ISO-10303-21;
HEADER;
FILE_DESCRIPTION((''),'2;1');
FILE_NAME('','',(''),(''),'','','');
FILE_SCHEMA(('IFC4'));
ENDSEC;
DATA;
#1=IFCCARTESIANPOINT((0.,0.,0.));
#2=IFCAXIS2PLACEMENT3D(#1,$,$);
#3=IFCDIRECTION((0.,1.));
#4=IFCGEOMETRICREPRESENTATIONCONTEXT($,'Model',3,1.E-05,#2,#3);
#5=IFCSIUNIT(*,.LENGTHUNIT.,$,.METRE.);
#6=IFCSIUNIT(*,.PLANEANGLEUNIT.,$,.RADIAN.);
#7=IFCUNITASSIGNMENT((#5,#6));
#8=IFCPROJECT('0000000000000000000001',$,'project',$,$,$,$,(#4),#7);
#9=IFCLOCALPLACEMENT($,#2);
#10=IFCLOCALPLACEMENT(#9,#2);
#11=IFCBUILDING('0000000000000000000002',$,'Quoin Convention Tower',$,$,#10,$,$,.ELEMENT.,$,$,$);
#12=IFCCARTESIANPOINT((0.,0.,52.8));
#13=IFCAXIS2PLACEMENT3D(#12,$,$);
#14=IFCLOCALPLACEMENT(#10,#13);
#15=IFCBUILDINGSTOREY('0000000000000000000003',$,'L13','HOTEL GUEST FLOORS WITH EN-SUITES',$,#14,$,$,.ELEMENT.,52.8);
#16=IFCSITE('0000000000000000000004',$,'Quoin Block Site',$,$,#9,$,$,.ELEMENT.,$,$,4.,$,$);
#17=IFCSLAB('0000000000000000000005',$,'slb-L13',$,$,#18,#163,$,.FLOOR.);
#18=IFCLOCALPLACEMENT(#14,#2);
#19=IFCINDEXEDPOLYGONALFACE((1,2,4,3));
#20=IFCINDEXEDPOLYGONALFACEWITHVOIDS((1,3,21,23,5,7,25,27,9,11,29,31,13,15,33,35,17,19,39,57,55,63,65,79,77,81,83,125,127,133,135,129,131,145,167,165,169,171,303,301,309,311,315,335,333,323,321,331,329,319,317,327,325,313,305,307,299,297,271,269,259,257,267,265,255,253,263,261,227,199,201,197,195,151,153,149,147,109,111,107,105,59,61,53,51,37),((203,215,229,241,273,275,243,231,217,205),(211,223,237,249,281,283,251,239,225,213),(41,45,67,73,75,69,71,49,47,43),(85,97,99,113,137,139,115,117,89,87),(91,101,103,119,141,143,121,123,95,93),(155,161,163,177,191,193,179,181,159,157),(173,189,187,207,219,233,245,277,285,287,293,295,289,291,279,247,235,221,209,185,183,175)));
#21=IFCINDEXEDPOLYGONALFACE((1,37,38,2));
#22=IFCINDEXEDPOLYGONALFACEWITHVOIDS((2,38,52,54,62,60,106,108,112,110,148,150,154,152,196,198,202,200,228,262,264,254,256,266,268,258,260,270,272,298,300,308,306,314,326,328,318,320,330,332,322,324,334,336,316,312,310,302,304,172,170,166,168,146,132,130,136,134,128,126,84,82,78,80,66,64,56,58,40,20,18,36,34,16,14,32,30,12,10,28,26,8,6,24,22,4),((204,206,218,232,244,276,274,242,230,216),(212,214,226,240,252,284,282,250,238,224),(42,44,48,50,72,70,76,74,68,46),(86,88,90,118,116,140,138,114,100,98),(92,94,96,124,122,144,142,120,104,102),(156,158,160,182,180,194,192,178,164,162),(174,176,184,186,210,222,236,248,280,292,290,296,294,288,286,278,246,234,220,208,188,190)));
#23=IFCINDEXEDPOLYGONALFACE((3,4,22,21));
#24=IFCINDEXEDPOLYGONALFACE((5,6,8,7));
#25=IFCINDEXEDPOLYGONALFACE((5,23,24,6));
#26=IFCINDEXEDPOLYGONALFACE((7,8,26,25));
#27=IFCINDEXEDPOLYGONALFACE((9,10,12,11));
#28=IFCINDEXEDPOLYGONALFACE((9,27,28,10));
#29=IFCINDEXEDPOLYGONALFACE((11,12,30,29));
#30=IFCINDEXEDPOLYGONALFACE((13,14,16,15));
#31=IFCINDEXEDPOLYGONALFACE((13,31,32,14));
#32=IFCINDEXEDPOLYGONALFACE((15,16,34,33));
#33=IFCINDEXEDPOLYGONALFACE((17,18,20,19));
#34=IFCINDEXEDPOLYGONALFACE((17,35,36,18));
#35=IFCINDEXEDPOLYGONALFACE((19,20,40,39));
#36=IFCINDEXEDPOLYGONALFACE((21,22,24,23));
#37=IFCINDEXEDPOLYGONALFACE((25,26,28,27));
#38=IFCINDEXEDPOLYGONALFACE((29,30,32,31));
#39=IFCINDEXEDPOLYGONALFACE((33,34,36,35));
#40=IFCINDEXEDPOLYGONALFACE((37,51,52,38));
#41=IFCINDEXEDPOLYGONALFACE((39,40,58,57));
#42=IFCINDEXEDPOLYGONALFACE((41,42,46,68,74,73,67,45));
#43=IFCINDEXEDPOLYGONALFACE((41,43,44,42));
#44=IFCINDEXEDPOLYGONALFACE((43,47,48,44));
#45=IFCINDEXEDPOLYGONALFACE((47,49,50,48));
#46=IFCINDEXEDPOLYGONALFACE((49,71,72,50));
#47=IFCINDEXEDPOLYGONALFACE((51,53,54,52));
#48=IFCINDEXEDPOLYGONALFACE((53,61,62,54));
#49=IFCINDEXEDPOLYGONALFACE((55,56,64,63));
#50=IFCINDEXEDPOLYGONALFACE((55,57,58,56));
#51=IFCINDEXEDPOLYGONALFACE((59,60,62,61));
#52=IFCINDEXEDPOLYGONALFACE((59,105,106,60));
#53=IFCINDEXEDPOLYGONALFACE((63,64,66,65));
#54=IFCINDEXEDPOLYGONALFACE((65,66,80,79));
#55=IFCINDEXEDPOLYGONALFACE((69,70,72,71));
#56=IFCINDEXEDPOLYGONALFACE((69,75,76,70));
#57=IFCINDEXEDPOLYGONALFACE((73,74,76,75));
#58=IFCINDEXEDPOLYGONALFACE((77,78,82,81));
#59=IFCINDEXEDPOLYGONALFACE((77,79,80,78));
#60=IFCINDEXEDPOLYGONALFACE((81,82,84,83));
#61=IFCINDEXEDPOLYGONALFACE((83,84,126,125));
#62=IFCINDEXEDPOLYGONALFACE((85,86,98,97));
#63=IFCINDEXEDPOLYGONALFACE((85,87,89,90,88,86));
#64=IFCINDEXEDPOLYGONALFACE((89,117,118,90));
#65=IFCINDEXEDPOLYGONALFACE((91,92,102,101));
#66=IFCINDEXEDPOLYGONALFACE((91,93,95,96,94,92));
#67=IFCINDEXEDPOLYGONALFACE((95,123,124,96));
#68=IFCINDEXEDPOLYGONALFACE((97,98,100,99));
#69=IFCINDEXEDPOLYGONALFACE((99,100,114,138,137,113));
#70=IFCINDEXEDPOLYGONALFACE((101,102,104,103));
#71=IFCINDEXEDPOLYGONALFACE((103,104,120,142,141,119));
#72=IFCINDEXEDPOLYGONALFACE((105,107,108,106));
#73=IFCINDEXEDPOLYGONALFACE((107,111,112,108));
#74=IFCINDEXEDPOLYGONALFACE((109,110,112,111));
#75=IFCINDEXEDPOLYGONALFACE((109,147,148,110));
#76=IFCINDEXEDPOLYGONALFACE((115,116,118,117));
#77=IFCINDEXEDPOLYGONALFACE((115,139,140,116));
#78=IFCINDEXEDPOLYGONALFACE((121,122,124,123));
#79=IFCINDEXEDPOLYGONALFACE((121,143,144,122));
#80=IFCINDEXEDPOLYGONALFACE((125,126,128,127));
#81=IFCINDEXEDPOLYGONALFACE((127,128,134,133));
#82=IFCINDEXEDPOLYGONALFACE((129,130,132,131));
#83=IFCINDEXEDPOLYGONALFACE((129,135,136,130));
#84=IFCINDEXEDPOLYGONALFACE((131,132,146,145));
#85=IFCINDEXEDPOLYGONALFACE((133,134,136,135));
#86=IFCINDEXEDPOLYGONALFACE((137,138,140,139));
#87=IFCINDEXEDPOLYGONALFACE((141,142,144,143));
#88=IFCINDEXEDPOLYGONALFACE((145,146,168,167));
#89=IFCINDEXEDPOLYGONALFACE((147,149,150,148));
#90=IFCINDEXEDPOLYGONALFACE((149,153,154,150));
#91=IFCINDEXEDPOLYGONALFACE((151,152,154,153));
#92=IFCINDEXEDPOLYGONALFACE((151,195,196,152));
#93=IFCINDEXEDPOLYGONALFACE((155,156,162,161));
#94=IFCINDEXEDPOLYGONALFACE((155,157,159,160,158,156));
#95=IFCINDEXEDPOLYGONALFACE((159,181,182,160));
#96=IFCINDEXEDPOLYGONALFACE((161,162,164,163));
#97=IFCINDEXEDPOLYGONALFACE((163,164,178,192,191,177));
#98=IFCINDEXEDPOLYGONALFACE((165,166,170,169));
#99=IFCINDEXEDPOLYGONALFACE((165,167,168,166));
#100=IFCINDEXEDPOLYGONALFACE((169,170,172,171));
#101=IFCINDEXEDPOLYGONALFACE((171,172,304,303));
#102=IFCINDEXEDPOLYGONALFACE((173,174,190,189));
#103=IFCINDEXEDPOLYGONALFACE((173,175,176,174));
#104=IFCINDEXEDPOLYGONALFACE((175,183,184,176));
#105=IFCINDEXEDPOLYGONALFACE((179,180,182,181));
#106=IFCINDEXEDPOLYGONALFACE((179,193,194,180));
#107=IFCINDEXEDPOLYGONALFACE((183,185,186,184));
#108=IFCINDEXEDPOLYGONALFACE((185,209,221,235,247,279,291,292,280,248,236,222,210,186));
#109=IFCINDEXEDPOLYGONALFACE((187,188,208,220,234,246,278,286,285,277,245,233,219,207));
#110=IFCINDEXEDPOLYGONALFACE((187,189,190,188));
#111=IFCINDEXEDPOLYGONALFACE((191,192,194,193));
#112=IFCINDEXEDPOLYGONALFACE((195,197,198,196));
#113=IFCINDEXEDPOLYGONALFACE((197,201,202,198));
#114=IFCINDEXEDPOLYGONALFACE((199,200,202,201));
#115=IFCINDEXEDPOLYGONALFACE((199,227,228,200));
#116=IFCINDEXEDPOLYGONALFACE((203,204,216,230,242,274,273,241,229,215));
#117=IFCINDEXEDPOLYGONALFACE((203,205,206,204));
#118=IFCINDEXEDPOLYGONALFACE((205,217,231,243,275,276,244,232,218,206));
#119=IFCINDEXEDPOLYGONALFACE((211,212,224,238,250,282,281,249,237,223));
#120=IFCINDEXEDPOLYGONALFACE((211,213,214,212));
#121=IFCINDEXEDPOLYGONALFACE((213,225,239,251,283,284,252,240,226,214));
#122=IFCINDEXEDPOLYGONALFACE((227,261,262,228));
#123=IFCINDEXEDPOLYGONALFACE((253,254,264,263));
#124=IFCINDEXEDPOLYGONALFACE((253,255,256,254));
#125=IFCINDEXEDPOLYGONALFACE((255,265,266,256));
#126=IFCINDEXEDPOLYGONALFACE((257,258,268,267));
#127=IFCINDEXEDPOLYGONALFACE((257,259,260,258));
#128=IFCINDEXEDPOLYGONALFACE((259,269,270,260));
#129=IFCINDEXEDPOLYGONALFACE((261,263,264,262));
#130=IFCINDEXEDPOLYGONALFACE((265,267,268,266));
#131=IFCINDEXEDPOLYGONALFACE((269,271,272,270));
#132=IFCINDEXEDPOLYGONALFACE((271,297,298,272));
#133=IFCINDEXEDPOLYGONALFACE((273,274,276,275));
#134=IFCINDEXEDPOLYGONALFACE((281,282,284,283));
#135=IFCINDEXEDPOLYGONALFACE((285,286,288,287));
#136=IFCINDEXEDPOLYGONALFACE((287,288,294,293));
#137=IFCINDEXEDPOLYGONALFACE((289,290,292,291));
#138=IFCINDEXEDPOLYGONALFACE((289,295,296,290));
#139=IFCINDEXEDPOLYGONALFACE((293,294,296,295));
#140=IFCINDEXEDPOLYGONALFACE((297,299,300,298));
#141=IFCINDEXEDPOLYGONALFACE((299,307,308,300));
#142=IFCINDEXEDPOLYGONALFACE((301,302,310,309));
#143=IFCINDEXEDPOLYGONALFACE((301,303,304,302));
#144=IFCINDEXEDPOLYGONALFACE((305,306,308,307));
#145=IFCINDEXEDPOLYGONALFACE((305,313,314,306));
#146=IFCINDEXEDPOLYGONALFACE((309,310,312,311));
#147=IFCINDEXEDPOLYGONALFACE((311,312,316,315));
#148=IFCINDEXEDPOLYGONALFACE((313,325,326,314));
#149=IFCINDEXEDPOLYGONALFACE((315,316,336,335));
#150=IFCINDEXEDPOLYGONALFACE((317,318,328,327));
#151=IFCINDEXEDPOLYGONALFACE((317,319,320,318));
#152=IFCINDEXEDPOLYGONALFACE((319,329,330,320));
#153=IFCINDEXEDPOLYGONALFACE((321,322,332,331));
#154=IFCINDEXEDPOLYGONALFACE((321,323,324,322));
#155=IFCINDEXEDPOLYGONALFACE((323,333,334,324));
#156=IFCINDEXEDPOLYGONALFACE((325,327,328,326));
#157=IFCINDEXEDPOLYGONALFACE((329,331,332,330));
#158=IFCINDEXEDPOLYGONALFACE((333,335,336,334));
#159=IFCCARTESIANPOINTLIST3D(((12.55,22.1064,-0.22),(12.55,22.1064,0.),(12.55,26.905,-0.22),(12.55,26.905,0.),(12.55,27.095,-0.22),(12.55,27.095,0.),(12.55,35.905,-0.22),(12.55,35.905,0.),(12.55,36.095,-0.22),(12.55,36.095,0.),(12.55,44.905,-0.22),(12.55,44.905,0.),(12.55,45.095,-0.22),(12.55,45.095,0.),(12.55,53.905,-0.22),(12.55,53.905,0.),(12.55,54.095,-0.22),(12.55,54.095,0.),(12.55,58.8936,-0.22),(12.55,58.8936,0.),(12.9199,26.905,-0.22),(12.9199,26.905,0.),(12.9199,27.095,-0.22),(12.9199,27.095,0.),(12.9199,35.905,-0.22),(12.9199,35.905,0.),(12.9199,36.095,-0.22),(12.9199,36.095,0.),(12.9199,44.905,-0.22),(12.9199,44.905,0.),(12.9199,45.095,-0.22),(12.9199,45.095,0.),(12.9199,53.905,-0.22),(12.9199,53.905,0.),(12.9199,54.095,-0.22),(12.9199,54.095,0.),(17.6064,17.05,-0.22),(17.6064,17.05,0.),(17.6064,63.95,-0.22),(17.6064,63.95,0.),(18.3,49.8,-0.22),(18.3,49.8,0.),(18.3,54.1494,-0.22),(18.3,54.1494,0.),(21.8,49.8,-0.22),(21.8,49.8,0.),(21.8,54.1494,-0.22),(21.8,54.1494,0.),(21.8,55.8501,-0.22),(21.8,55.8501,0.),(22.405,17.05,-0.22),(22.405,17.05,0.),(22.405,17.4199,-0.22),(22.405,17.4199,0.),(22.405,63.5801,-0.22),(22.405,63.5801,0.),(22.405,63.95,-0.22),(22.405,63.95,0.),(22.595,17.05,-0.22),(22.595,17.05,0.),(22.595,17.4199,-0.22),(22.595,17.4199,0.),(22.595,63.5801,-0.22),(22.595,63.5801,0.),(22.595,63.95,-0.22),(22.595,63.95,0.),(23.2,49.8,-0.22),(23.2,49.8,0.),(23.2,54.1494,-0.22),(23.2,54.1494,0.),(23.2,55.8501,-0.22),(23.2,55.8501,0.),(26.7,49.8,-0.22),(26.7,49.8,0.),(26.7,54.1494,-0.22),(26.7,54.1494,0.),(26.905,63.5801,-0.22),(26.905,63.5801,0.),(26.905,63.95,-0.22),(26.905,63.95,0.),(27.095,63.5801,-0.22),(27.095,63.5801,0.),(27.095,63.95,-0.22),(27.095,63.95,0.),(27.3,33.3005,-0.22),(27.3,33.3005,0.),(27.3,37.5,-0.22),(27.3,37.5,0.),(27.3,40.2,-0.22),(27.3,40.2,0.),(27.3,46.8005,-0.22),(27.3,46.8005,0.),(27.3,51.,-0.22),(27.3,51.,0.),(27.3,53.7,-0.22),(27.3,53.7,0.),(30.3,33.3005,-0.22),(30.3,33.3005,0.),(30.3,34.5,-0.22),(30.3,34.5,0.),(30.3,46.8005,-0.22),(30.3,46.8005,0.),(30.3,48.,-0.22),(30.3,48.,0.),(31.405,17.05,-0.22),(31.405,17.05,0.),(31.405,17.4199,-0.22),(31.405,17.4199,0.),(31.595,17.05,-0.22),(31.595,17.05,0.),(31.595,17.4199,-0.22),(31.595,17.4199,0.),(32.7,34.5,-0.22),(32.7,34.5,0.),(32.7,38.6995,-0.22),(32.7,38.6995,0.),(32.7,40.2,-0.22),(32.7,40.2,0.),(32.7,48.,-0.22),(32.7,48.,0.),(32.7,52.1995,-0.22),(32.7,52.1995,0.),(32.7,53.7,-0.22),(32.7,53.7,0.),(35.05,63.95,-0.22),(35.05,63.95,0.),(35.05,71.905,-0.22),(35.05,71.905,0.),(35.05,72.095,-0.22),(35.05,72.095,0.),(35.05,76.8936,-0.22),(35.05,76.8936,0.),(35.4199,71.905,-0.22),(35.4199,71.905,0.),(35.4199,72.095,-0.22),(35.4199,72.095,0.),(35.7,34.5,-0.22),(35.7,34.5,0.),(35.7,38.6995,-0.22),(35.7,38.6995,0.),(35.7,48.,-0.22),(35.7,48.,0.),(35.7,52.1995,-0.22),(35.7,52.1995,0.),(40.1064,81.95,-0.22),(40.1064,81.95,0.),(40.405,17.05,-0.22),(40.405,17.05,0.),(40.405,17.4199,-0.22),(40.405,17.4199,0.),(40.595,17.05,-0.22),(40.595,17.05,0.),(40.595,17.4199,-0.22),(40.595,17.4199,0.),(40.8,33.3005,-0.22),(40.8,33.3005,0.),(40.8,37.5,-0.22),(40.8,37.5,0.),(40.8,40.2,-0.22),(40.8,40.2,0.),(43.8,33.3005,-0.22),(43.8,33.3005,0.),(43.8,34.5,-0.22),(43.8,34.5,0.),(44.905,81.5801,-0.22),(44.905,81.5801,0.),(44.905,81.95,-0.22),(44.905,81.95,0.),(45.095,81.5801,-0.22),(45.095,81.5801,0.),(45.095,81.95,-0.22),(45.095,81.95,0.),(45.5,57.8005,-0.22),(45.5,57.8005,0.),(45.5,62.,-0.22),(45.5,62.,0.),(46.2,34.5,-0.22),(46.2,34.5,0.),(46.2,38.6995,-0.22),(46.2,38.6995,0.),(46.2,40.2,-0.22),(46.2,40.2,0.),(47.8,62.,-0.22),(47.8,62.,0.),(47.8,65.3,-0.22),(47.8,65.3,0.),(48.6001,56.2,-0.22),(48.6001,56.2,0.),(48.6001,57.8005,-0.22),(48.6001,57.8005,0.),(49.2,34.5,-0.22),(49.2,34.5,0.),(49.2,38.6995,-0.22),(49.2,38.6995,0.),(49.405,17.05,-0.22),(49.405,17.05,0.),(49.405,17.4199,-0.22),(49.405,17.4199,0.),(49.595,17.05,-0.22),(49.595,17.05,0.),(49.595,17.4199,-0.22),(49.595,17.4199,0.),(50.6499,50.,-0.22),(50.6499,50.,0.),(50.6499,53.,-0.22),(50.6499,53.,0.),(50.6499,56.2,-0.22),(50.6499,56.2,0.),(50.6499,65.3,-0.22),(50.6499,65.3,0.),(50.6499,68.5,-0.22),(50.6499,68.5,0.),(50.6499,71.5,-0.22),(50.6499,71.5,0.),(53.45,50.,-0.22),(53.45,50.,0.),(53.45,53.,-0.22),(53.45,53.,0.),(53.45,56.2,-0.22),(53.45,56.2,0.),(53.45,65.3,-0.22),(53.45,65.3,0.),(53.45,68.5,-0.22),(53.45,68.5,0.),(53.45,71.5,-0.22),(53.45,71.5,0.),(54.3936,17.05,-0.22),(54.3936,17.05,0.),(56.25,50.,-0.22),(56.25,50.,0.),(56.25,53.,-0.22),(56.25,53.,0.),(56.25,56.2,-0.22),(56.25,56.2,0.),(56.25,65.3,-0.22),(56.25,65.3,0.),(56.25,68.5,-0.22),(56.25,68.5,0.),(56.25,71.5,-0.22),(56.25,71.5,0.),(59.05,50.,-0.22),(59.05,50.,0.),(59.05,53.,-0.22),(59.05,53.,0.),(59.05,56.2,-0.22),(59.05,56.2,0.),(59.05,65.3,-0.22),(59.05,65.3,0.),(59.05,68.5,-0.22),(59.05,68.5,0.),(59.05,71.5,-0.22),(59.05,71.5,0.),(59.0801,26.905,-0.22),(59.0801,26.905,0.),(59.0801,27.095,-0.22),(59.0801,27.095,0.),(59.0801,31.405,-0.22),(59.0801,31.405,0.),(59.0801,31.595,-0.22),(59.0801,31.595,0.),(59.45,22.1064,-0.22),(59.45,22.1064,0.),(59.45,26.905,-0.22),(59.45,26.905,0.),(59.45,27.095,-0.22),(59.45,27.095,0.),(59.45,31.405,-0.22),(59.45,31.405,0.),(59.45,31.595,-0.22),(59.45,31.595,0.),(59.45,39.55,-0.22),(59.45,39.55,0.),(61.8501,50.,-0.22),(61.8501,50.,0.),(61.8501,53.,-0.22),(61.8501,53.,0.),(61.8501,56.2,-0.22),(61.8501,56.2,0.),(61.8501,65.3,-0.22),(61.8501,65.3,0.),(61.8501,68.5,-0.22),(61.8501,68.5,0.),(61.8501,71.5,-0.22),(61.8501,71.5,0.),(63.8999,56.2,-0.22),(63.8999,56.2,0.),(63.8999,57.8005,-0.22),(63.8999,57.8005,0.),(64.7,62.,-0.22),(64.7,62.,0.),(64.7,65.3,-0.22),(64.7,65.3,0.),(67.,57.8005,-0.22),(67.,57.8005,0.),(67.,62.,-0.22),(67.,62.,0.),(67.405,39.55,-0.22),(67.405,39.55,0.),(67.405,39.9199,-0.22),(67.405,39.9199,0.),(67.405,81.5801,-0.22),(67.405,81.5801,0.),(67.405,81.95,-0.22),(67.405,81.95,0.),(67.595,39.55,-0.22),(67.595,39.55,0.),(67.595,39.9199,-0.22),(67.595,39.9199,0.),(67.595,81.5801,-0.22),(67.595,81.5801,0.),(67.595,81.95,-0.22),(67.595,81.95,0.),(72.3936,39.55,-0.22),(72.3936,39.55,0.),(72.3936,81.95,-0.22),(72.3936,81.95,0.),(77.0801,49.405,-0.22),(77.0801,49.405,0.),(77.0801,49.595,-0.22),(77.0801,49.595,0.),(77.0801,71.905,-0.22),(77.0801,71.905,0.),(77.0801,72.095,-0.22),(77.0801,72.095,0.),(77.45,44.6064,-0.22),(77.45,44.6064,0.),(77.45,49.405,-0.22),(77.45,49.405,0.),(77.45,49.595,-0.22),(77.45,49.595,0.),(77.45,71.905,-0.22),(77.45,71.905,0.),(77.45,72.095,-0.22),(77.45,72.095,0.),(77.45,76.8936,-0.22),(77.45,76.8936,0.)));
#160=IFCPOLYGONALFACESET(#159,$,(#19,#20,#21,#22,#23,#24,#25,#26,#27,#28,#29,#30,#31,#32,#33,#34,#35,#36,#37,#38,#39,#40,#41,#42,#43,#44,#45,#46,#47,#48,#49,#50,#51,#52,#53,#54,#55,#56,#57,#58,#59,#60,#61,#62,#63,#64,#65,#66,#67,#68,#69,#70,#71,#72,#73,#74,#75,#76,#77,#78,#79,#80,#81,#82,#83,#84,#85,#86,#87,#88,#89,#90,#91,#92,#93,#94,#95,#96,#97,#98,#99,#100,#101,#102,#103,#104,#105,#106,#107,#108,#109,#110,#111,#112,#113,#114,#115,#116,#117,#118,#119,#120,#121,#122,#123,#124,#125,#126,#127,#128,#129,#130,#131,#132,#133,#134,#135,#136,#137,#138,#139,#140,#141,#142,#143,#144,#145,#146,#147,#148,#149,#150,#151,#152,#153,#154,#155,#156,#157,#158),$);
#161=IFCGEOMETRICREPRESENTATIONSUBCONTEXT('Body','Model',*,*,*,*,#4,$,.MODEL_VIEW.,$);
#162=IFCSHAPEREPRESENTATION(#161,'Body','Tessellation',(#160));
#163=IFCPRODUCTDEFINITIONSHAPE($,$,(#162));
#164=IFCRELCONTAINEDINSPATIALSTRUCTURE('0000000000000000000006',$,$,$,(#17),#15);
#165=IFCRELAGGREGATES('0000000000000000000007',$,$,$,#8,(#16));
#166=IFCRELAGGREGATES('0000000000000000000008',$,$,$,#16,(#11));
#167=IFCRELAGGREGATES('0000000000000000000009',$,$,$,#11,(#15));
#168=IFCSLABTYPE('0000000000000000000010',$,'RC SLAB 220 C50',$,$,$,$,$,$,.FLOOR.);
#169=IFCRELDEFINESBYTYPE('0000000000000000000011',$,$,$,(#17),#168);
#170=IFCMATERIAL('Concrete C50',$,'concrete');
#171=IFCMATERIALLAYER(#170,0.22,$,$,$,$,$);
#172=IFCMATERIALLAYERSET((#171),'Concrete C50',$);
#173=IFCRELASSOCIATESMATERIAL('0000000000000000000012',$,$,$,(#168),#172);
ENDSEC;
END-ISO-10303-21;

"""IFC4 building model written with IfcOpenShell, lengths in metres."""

from ifc_helpers import new_model, si_unit, direction, frame, origin, place, context, subcontext, project, spatial, polyline, outline, extrude, material, layer, layer_set, type_object, element, save


model = new_model("IFC4")

# Units and contexts
model_context = context("Model", 3, precision=1e-05, world=origin(), true_north=direction((0.0, 1.0)))
body_context = subcontext(model_context, "Body", "Model", "MODEL_VIEW")
ifc_project = project(units=[si_unit("LENGTHUNIT", "METRE"), si_unit("PLANEANGLEUNIT", "RADIAN")], contexts=[model_context])

# Site, building, storey
site_placement = place(None, origin())
site = spatial("IfcSite", under=ifc_project, at=site_placement, Name="Quoin Block Site", CompositionType="ELEMENT", RefElevation=4.0)
building_placement = place(site_placement, origin())
building = spatial("IfcBuilding", under=site, at=building_placement, Name="Quoin Convention Tower", CompositionType="ELEMENT")
storey_placement = place(building_placement, frame((0.0, 0.0, 52.8)))
storey = spatial("IfcBuildingStorey", under=building, at=storey_placement, Name="L13", Description="HOTEL GUEST FLOORS WITH EN-SUITES", CompositionType="ELEMENT", Elevation=52.8)

# Slab
ifc_material_1 = material(Name="Concrete C50", Category="concrete")
ifc_layer_1 = layer(ifc_material_1, 0.22)
ifc_layer_set_1 = layer_set([ifc_layer_1], Name="Concrete C50")
slab_type_1 = type_object("IfcSlabType", Name="RC SLAB 220 C50", PredefinedType="FLOOR", material=ifc_layer_set_1)
slab_1_placement = place(storey_placement, frame((0.0, 0.0, -0.22)))
element("IfcSlab", 1, at=slab_1_placement, inside=storey, type_object=slab_type_1, Name="slb-L13", PredefinedType="FLOOR", context=body_context, shape_type="SweptSolid", body=[
    extrude(outline(polyline([(17.6064, 63.95), (22.405, 63.95), (22.405, 63.5801), (22.595, 63.5801), (22.595, 63.95), (26.905, 63.95), (26.905, 63.5801), (27.095, 63.5801), (27.095, 63.95), (35.05, 63.95), (35.05, 71.905), (35.4199, 71.905), (35.4199, 72.095), (35.05, 72.095), (35.05, 76.8936), (40.1064, 81.95), (44.905, 81.95), (44.905, 81.5801), (45.095, 81.5801), (45.095, 81.95), (67.405, 81.95), (67.405, 81.5801), (67.595, 81.5801), (67.595, 81.95), (72.3936, 81.95), (77.45, 76.8936), (77.45, 72.095), (77.0801, 72.095), (77.0801, 71.905), (77.45, 71.905), (77.45, 49.595), (77.0801, 49.595), (77.0801, 49.405), (77.45, 49.405), (77.45, 44.6064), (72.3936, 39.55), (67.595, 39.55), (67.595, 39.9199), (67.405, 39.9199), (67.405, 39.55), (59.45, 39.55), (59.45, 31.595), (59.0801, 31.595), (59.0801, 31.405), (59.45, 31.405), (59.45, 27.095), (59.0801, 27.095), (59.0801, 26.905), (59.45, 26.905), (59.45, 22.1064), (54.3936, 17.05), (49.595, 17.05), (49.595, 17.4199), (49.405, 17.4199), (49.405, 17.05), (40.595, 17.05), (40.595, 17.4199), (40.405, 17.4199), (40.405, 17.05), (31.595, 17.05), (31.595, 17.4199), (31.405, 17.4199), (31.405, 17.05), (22.595, 17.05), (22.595, 17.4199), (22.405, 17.4199), (22.405, 17.05), (17.6064, 17.05), (12.55, 22.1064), (12.55, 26.905), (12.9199, 26.905), (12.9199, 27.095), (12.55, 27.095), (12.55, 35.905), (12.9199, 35.905), (12.9199, 36.095), (12.55, 36.095), (12.55, 44.905), (12.9199, 44.905), (12.9199, 45.095), (12.55, 45.095), (12.55, 53.905), (12.9199, 53.905), (12.9199, 54.095), (12.55, 54.095), (12.55, 58.8936), (17.6064, 63.95)]), holes=[polyline([(30.3, 34.5), (32.7, 34.5), (35.7, 34.5), (35.7, 38.6995), (32.7, 38.6995), (32.7, 40.2), (27.3, 40.2), (27.3, 37.5), (27.3, 33.3005), (30.3, 33.3005), (30.3, 34.5)]), polyline([(43.8, 34.5), (46.2, 34.5), (49.2, 34.5), (49.2, 38.6995), (46.2, 38.6995), (46.2, 40.2), (40.8, 40.2), (40.8, 37.5), (40.8, 33.3005), (43.8, 33.3005), (43.8, 34.5)]), polyline([(30.3, 46.8005), (30.3, 48.0), (32.7, 48.0), (35.7, 48.0), (35.7, 52.1995), (32.7, 52.1995), (32.7, 53.7), (27.3, 53.7), (27.3, 51.0), (27.3, 46.8005), (30.3, 46.8005)]), polyline([(56.25, 50.0), (59.05, 50.0), (61.8501, 50.0), (61.8501, 53.0), (59.05, 53.0), (56.25, 53.0), (53.45, 53.0), (50.6499, 53.0), (50.6499, 50.0), (53.45, 50.0), (56.25, 50.0)]), polyline([(26.7, 49.8), (26.7, 54.1494), (23.2, 54.1494), (23.2, 55.8501), (21.8, 55.8501), (21.8, 54.1494), (18.3, 54.1494), (18.3, 49.8), (21.8, 49.8), (23.2, 49.8), (26.7, 49.8)]), polyline([(48.6001, 57.8005), (48.6001, 56.2), (50.6499, 56.2), (53.45, 56.2), (56.25, 56.2), (59.05, 56.2), (61.8501, 56.2), (63.8999, 56.2), (63.8999, 57.8005), (67.0, 57.8005), (67.0, 62.0), (64.7, 62.0), (64.7, 65.3), (61.8501, 65.3), (59.05, 65.3), (56.25, 65.3), (53.45, 65.3), (50.6499, 65.3), (47.8, 65.3), (47.8, 62.0), (45.5, 62.0), (45.5, 57.8005), (48.6001, 57.8005)]), polyline([(61.8501, 68.5), (61.8501, 71.5), (59.05, 71.5), (56.25, 71.5), (53.45, 71.5), (50.6499, 71.5), (50.6499, 68.5), (53.45, 68.5), (56.25, 68.5), (59.05, 68.5), (61.8501, 68.5)])]), origin(), (0.0, 0.0, 1.0), 0.22),
])

save(model, "model.ifc")
